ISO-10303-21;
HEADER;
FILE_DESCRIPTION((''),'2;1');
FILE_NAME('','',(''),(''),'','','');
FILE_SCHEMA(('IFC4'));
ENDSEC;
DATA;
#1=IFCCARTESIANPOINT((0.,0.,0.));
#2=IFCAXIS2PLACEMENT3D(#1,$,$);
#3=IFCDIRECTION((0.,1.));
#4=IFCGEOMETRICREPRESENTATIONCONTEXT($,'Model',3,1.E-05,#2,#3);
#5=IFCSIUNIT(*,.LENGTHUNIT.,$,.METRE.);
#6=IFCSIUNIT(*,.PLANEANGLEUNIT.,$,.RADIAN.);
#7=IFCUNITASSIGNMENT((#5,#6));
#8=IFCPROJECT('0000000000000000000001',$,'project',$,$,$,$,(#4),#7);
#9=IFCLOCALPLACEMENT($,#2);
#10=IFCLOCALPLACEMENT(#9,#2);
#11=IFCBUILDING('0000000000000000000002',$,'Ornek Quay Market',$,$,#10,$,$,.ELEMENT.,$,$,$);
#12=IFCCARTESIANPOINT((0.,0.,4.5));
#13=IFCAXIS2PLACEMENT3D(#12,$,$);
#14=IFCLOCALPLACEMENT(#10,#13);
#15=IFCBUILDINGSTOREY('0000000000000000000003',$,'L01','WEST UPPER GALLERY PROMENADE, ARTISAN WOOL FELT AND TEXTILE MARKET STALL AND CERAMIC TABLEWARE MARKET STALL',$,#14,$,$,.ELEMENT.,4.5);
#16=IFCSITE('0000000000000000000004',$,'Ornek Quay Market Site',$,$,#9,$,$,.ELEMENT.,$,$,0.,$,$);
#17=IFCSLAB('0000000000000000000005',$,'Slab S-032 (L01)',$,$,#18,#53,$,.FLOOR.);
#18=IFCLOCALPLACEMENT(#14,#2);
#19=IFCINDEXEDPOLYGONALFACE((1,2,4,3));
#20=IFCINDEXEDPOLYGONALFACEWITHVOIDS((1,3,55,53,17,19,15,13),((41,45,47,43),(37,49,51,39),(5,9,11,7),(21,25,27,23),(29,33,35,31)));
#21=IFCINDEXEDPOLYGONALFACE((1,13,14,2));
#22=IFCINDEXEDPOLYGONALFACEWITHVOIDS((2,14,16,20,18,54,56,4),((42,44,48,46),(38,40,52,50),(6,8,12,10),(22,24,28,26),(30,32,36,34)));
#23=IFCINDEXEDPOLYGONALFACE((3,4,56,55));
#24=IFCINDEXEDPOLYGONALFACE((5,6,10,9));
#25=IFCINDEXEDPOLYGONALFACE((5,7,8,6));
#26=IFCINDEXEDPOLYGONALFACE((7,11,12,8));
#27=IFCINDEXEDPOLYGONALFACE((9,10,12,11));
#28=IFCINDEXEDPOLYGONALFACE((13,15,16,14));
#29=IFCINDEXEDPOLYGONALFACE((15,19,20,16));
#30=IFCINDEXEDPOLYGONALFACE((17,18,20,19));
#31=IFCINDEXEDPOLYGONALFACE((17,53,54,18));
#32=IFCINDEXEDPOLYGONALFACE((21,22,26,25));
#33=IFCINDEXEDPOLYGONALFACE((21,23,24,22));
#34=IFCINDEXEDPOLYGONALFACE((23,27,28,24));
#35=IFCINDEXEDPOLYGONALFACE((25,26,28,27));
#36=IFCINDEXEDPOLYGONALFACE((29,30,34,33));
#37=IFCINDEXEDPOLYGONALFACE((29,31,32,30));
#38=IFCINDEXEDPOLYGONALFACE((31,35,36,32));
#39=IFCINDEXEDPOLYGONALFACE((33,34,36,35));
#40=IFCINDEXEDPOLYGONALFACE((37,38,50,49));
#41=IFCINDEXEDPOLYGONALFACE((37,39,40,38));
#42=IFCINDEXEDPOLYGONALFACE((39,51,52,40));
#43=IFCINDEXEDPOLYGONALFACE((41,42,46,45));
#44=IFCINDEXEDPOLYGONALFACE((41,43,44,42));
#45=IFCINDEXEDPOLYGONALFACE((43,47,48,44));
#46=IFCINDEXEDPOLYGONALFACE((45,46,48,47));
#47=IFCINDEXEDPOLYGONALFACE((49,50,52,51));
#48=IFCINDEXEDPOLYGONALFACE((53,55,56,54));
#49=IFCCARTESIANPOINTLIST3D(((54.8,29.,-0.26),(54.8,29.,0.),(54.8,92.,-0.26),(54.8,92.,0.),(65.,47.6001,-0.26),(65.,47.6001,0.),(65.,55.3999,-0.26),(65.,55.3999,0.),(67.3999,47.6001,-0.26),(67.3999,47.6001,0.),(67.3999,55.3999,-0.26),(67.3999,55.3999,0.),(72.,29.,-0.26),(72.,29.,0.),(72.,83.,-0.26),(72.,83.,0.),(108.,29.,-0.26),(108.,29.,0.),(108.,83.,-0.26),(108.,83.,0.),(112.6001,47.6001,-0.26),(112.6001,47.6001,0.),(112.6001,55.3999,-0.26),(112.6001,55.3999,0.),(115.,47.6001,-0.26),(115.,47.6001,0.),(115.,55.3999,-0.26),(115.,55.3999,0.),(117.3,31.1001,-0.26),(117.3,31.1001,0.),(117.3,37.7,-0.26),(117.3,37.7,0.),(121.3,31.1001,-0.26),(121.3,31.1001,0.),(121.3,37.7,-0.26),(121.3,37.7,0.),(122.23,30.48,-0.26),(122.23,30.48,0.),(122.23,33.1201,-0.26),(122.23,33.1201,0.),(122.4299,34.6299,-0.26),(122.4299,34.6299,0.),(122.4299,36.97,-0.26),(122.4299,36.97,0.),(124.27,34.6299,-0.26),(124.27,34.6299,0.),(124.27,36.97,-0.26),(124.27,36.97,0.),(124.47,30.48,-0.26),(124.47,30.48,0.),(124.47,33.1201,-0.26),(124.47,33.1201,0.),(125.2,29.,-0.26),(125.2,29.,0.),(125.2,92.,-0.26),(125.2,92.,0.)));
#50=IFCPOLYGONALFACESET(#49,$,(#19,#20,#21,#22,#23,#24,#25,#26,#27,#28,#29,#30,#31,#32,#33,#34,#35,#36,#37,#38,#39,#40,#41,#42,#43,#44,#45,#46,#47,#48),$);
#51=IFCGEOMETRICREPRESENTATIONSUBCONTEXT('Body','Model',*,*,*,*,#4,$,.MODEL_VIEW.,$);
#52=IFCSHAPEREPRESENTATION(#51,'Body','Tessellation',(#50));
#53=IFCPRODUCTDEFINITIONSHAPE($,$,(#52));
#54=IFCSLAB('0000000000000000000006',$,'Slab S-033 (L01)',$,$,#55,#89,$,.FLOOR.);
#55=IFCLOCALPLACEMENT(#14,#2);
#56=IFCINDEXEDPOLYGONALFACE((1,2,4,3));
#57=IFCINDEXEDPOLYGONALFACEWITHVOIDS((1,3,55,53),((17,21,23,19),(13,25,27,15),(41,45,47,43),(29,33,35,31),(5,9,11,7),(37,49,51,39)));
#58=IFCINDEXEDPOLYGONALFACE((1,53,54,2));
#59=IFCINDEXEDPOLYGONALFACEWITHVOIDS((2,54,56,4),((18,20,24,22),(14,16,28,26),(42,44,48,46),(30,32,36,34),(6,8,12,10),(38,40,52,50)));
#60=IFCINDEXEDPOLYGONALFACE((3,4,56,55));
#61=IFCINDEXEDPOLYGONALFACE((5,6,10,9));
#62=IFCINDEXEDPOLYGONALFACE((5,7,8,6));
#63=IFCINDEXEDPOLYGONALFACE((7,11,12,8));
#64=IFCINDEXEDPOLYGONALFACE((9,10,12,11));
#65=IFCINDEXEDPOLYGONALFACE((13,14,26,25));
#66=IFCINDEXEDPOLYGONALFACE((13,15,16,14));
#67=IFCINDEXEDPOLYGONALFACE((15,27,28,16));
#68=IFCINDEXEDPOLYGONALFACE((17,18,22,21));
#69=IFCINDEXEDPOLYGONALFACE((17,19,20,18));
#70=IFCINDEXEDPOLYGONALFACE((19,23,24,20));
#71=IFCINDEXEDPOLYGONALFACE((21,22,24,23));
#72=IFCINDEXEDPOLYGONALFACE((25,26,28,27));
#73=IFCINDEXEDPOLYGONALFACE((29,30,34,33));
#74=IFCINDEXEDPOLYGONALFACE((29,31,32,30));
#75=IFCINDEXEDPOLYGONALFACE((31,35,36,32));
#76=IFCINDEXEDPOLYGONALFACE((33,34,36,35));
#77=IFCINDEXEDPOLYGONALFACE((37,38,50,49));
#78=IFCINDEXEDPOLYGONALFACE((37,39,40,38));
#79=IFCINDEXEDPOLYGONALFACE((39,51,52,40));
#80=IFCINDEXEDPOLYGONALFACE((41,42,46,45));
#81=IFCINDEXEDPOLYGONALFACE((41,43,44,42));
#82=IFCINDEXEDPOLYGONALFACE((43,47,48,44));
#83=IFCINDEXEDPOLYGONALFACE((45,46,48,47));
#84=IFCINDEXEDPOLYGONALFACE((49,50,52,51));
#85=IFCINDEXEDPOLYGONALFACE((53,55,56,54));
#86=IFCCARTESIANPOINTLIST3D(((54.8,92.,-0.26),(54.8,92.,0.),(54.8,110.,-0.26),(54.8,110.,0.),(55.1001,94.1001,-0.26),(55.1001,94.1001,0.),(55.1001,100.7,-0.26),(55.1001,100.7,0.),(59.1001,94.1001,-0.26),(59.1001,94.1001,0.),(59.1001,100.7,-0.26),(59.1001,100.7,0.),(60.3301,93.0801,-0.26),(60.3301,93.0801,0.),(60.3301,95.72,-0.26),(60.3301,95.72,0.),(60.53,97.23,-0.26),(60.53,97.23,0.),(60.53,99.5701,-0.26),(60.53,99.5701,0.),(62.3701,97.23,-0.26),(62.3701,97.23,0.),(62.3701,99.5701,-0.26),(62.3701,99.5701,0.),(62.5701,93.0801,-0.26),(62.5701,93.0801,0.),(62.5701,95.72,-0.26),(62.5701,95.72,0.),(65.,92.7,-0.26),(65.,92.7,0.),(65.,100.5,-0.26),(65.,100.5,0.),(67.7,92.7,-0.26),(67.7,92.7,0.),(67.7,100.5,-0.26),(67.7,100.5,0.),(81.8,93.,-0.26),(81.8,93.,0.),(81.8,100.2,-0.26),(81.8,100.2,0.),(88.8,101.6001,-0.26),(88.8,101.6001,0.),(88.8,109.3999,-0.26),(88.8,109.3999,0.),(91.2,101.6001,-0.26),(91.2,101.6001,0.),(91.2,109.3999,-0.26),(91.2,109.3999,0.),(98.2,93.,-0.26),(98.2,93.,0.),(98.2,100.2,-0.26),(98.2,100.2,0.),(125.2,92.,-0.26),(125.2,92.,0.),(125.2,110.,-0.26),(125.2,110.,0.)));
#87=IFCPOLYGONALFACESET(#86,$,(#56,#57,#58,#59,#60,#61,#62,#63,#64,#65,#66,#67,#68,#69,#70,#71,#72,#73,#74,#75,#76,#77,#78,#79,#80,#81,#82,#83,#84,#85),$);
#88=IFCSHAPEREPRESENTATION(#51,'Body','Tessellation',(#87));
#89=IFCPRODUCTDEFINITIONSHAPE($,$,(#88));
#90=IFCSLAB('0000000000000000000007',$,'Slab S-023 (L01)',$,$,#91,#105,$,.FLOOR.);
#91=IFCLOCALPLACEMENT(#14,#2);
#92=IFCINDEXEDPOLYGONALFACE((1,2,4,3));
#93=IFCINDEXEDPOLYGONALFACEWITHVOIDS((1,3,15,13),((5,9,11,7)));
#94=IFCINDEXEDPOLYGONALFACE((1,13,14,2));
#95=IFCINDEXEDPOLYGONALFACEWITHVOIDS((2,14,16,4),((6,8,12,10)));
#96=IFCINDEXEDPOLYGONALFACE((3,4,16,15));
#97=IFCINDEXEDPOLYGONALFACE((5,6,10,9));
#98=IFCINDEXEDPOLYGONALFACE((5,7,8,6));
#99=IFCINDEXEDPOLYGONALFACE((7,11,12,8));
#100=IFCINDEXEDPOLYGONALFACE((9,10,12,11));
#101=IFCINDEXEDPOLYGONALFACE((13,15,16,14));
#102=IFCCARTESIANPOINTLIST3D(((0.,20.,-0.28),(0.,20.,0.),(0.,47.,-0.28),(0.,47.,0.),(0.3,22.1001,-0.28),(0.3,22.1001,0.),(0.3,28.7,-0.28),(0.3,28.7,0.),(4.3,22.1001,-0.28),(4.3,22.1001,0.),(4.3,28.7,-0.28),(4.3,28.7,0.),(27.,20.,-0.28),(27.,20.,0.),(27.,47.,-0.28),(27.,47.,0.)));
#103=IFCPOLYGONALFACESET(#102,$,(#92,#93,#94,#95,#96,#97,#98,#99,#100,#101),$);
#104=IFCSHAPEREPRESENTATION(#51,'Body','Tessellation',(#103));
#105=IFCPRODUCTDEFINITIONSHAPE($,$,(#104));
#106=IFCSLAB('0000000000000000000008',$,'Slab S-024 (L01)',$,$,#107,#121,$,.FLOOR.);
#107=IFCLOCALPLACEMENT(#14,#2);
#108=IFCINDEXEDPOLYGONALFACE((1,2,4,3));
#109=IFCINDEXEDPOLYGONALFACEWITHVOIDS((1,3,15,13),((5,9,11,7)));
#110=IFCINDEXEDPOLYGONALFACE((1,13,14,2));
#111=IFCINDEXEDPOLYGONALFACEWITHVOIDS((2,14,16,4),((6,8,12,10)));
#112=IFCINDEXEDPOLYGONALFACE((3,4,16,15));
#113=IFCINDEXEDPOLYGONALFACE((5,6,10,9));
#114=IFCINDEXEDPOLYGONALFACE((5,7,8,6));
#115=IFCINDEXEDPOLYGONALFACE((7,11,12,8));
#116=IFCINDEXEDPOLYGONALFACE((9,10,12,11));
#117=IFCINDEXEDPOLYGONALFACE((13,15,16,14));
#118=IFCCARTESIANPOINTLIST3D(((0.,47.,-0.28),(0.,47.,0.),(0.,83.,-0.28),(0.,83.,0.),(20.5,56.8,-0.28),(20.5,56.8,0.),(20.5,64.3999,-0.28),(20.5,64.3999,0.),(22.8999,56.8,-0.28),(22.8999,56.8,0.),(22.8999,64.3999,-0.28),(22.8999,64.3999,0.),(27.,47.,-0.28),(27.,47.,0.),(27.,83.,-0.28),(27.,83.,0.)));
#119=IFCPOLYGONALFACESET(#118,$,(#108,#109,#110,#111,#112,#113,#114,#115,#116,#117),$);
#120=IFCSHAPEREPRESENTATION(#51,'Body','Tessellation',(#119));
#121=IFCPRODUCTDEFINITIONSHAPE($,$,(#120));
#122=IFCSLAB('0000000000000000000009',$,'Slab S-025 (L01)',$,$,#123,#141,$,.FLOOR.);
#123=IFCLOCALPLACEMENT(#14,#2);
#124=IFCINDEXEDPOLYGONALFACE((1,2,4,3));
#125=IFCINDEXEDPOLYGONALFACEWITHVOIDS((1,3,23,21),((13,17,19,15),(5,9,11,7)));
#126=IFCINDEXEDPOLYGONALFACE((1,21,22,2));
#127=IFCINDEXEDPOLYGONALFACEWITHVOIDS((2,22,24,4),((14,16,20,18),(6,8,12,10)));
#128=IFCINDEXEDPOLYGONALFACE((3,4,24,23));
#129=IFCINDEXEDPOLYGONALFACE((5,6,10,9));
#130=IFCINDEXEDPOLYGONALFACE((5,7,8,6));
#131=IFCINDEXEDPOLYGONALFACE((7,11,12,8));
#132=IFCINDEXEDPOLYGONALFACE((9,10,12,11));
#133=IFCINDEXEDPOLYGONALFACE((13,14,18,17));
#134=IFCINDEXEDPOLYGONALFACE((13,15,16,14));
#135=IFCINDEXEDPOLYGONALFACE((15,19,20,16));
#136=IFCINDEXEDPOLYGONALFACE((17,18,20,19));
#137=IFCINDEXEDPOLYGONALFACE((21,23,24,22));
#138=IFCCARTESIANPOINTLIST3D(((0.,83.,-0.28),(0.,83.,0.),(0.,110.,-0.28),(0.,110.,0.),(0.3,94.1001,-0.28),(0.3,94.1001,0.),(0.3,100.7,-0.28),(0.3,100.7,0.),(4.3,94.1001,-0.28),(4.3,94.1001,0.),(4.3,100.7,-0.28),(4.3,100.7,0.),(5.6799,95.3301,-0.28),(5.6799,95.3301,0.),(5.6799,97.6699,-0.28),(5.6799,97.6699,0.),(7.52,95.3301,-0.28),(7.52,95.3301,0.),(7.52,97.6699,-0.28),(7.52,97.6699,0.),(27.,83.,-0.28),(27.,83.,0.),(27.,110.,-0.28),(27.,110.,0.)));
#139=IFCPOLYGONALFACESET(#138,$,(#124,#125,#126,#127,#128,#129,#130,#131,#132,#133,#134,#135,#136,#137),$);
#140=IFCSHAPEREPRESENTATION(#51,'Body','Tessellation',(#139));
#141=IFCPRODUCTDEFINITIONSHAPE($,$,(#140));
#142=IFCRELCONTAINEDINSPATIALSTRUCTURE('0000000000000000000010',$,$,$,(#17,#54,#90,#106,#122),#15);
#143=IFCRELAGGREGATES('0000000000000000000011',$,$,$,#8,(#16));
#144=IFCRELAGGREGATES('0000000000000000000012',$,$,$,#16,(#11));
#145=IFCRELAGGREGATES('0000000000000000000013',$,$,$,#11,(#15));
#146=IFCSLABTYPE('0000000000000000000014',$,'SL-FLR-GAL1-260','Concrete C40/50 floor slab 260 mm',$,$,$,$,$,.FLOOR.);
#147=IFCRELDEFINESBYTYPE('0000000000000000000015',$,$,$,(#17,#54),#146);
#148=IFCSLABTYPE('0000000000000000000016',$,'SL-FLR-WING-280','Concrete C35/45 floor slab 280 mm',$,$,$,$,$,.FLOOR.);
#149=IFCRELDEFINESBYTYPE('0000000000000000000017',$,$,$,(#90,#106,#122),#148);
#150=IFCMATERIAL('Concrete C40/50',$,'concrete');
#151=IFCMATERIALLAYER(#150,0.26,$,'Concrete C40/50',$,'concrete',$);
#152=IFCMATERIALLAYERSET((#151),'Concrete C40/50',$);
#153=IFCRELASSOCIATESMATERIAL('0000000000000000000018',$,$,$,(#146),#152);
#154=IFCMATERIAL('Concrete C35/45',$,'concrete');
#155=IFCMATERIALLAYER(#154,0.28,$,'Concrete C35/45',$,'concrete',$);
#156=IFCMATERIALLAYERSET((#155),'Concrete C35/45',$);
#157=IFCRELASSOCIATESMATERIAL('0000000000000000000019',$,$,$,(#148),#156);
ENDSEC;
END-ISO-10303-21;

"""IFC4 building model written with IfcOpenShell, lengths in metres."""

from ifc_helpers import new_model, si_unit, direction, frame, origin, place, context, subcontext, project, spatial, polyline, outline, extrude, material, layer, layer_set, type_object, element, save


model = new_model("IFC4")

# Units and contexts
model_context = context("Model", 3, precision=1e-05, world=origin(), true_north=direction((0.0, 1.0)))
body_context = subcontext(model_context, "Body", "Model", "MODEL_VIEW")
ifc_project = project(units=[si_unit("LENGTHUNIT", "METRE"), si_unit("PLANEANGLEUNIT", "RADIAN")], contexts=[model_context])

# Site, building, storey
site_placement = place(None, origin())
site = spatial("IfcSite", under=ifc_project, at=site_placement, Name="Ornek Quay Market Site", CompositionType="ELEMENT", RefElevation=0.0)
building_placement = place(site_placement, origin())
building = spatial("IfcBuilding", under=site, at=building_placement, Name="Ornek Quay Market", CompositionType="ELEMENT")
storey_placement = place(building_placement, frame((0.0, 0.0, 4.5)))
storey = spatial("IfcBuildingStorey", under=building, at=storey_placement, Name="L01", Description="WEST UPPER GALLERY PROMENADE, ARTISAN WOOL FELT AND TEXTILE MARKET STALL AND CERAMIC TABLEWARE MARKET STALL", CompositionType="ELEMENT", Elevation=4.5)

# Shared definitions
ifc_material_1 = material(Name="Concrete C40/50", Category="concrete")

# Shared definitions
ifc_material_2 = material(Name="Concrete C35/45", Category="concrete")

# Slabs
ifc_layer_1 = layer(ifc_material_1, 0.26, Name="Concrete C40/50", Category="concrete")
ifc_layer_set_1 = layer_set([ifc_layer_1], Name="Concrete C40/50")
slab_type_1 = type_object("IfcSlabType", Name="SL-FLR-GAL1-260", Description="Concrete C40/50 floor slab 260 mm", PredefinedType="FLOOR", material=ifc_layer_set_1)
slab_1_placement = place(storey_placement, frame((0.0, 0.0, -0.26)))
element("IfcSlab", 1, at=slab_1_placement, inside=storey, type_object=slab_type_1, Name="Slab S-032 (L01)", PredefinedType="FLOOR", context=body_context, shape_type="SweptSolid", body=[
    extrude(outline(polyline([(54.8, 29.0), (72.0, 29.0), (72.0, 83.0), (108.0, 83.0), (108.0, 29.0), (125.2, 29.0), (125.2, 92.0), (54.8, 92.0), (54.8, 29.0)]), holes=[polyline([(124.47, 30.48), (122.23, 30.48), (122.23, 33.1201), (124.47, 33.1201), (124.47, 30.48)]), polyline([(121.3, 31.1001), (117.3, 31.1001), (117.3, 37.7), (121.3, 37.7), (121.3, 31.1001)]), polyline([(124.27, 34.6299), (122.4299, 34.6299), (122.4299, 36.97), (124.27, 36.97), (124.27, 34.6299)]), polyline([(65.0, 47.6001), (65.0, 55.3999), (67.3999, 55.3999), (67.3999, 47.6001), (65.0, 47.6001)]), polyline([(112.6001, 47.6001), (112.6001, 55.3999), (115.0, 55.3999), (115.0, 47.6001), (112.6001, 47.6001)])]), origin(), (0.0, 0.0, 1.0), 0.26),
])
slab_2_placement = place(storey_placement, frame((0.0, 0.0, -0.26)))
element("IfcSlab", 2, at=slab_2_placement, inside=storey, type_object=slab_type_1, Name="Slab S-033 (L01)", PredefinedType="FLOOR", context=body_context, shape_type="SweptSolid", body=[
    extrude(outline(polyline([(54.8, 92.0), (125.2, 92.0), (125.2, 110.0), (54.8, 110.0), (54.8, 92.0)]), holes=[polyline([(62.5701, 93.0801), (60.3301, 93.0801), (60.3301, 95.72), (62.5701, 95.72), (62.5701, 93.0801)]), polyline([(65.0, 92.7), (65.0, 100.5), (67.7, 100.5), (67.7, 92.7), (65.0, 92.7)]), polyline([(81.8, 93.0), (81.8, 100.2), (98.2, 100.2), (98.2, 93.0), (81.8, 93.0)]), polyline([(59.1001, 94.1001), (55.1001, 94.1001), (55.1001, 100.7), (59.1001, 100.7), (59.1001, 94.1001)]), polyline([(60.53, 97.23), (60.53, 99.5701), (62.3701, 99.5701), (62.3701, 97.23), (60.53, 97.23)]), polyline([(88.8, 101.6001), (88.8, 109.3999), (91.2, 109.3999), (91.2, 101.6001), (88.8, 101.6001)])]), origin(), (0.0, 0.0, 1.0), 0.26),
])
ifc_layer_2 = layer(ifc_material_2, 0.28, Name="Concrete C35/45", Category="concrete")
ifc_layer_set_2 = layer_set([ifc_layer_2], Name="Concrete C35/45")
slab_type_2 = type_object("IfcSlabType", Name="SL-FLR-WING-280", Description="Concrete C35/45 floor slab 280 mm", PredefinedType="FLOOR", material=ifc_layer_set_2)
slab_3_placement = place(storey_placement, frame((0.0, 0.0, -0.28)))
element("IfcSlab", 3, at=slab_3_placement, inside=storey, type_object=slab_type_2, Name="Slab S-023 (L01)", PredefinedType="FLOOR", context=body_context, shape_type="SweptSolid", body=[
    extrude(outline(polyline([(0.0, 20.0), (27.0, 20.0), (27.0, 47.0), (0.0, 47.0), (0.0, 20.0)]), holes=[polyline([(0.3, 28.7), (4.3, 28.7), (4.3, 22.1001), (0.3, 22.1001), (0.3, 28.7)])]), origin(), (0.0, 0.0, 1.0), 0.28),
])
slab_4_placement = place(storey_placement, frame((0.0, 0.0, -0.28)))
element("IfcSlab", 4, at=slab_4_placement, inside=storey, type_object=slab_type_2, Name="Slab S-024 (L01)", PredefinedType="FLOOR", context=body_context, shape_type="SweptSolid", body=[
    extrude(outline(polyline([(0.0, 47.0), (27.0, 47.0), (27.0, 83.0), (0.0, 83.0), (0.0, 47.0)]), holes=[polyline([(20.5, 64.3999), (22.8999, 64.3999), (22.8999, 56.8), (20.5, 56.8), (20.5, 64.3999)])]), origin(), (0.0, 0.0, 1.0), 0.28),
])
slab_5_placement = place(storey_placement, frame((0.0, 0.0, -0.28)))
element("IfcSlab", 5, at=slab_5_placement, inside=storey, type_object=slab_type_2, Name="Slab S-025 (L01)", PredefinedType="FLOOR", context=body_context, shape_type="SweptSolid", body=[
    extrude(outline(polyline([(0.0, 83.0), (27.0, 83.0), (27.0, 110.0), (0.0, 110.0), (0.0, 83.0)]), holes=[polyline([(7.52, 97.6699), (7.52, 95.3301), (5.6799, 95.3301), (5.6799, 97.6699), (7.52, 97.6699)]), polyline([(4.3, 100.7), (4.3, 94.1001), (0.3, 94.1001), (0.3, 100.7), (4.3, 100.7)])]), origin(), (0.0, 0.0, 1.0), 0.28),
])

save(model, "model.ifc")
